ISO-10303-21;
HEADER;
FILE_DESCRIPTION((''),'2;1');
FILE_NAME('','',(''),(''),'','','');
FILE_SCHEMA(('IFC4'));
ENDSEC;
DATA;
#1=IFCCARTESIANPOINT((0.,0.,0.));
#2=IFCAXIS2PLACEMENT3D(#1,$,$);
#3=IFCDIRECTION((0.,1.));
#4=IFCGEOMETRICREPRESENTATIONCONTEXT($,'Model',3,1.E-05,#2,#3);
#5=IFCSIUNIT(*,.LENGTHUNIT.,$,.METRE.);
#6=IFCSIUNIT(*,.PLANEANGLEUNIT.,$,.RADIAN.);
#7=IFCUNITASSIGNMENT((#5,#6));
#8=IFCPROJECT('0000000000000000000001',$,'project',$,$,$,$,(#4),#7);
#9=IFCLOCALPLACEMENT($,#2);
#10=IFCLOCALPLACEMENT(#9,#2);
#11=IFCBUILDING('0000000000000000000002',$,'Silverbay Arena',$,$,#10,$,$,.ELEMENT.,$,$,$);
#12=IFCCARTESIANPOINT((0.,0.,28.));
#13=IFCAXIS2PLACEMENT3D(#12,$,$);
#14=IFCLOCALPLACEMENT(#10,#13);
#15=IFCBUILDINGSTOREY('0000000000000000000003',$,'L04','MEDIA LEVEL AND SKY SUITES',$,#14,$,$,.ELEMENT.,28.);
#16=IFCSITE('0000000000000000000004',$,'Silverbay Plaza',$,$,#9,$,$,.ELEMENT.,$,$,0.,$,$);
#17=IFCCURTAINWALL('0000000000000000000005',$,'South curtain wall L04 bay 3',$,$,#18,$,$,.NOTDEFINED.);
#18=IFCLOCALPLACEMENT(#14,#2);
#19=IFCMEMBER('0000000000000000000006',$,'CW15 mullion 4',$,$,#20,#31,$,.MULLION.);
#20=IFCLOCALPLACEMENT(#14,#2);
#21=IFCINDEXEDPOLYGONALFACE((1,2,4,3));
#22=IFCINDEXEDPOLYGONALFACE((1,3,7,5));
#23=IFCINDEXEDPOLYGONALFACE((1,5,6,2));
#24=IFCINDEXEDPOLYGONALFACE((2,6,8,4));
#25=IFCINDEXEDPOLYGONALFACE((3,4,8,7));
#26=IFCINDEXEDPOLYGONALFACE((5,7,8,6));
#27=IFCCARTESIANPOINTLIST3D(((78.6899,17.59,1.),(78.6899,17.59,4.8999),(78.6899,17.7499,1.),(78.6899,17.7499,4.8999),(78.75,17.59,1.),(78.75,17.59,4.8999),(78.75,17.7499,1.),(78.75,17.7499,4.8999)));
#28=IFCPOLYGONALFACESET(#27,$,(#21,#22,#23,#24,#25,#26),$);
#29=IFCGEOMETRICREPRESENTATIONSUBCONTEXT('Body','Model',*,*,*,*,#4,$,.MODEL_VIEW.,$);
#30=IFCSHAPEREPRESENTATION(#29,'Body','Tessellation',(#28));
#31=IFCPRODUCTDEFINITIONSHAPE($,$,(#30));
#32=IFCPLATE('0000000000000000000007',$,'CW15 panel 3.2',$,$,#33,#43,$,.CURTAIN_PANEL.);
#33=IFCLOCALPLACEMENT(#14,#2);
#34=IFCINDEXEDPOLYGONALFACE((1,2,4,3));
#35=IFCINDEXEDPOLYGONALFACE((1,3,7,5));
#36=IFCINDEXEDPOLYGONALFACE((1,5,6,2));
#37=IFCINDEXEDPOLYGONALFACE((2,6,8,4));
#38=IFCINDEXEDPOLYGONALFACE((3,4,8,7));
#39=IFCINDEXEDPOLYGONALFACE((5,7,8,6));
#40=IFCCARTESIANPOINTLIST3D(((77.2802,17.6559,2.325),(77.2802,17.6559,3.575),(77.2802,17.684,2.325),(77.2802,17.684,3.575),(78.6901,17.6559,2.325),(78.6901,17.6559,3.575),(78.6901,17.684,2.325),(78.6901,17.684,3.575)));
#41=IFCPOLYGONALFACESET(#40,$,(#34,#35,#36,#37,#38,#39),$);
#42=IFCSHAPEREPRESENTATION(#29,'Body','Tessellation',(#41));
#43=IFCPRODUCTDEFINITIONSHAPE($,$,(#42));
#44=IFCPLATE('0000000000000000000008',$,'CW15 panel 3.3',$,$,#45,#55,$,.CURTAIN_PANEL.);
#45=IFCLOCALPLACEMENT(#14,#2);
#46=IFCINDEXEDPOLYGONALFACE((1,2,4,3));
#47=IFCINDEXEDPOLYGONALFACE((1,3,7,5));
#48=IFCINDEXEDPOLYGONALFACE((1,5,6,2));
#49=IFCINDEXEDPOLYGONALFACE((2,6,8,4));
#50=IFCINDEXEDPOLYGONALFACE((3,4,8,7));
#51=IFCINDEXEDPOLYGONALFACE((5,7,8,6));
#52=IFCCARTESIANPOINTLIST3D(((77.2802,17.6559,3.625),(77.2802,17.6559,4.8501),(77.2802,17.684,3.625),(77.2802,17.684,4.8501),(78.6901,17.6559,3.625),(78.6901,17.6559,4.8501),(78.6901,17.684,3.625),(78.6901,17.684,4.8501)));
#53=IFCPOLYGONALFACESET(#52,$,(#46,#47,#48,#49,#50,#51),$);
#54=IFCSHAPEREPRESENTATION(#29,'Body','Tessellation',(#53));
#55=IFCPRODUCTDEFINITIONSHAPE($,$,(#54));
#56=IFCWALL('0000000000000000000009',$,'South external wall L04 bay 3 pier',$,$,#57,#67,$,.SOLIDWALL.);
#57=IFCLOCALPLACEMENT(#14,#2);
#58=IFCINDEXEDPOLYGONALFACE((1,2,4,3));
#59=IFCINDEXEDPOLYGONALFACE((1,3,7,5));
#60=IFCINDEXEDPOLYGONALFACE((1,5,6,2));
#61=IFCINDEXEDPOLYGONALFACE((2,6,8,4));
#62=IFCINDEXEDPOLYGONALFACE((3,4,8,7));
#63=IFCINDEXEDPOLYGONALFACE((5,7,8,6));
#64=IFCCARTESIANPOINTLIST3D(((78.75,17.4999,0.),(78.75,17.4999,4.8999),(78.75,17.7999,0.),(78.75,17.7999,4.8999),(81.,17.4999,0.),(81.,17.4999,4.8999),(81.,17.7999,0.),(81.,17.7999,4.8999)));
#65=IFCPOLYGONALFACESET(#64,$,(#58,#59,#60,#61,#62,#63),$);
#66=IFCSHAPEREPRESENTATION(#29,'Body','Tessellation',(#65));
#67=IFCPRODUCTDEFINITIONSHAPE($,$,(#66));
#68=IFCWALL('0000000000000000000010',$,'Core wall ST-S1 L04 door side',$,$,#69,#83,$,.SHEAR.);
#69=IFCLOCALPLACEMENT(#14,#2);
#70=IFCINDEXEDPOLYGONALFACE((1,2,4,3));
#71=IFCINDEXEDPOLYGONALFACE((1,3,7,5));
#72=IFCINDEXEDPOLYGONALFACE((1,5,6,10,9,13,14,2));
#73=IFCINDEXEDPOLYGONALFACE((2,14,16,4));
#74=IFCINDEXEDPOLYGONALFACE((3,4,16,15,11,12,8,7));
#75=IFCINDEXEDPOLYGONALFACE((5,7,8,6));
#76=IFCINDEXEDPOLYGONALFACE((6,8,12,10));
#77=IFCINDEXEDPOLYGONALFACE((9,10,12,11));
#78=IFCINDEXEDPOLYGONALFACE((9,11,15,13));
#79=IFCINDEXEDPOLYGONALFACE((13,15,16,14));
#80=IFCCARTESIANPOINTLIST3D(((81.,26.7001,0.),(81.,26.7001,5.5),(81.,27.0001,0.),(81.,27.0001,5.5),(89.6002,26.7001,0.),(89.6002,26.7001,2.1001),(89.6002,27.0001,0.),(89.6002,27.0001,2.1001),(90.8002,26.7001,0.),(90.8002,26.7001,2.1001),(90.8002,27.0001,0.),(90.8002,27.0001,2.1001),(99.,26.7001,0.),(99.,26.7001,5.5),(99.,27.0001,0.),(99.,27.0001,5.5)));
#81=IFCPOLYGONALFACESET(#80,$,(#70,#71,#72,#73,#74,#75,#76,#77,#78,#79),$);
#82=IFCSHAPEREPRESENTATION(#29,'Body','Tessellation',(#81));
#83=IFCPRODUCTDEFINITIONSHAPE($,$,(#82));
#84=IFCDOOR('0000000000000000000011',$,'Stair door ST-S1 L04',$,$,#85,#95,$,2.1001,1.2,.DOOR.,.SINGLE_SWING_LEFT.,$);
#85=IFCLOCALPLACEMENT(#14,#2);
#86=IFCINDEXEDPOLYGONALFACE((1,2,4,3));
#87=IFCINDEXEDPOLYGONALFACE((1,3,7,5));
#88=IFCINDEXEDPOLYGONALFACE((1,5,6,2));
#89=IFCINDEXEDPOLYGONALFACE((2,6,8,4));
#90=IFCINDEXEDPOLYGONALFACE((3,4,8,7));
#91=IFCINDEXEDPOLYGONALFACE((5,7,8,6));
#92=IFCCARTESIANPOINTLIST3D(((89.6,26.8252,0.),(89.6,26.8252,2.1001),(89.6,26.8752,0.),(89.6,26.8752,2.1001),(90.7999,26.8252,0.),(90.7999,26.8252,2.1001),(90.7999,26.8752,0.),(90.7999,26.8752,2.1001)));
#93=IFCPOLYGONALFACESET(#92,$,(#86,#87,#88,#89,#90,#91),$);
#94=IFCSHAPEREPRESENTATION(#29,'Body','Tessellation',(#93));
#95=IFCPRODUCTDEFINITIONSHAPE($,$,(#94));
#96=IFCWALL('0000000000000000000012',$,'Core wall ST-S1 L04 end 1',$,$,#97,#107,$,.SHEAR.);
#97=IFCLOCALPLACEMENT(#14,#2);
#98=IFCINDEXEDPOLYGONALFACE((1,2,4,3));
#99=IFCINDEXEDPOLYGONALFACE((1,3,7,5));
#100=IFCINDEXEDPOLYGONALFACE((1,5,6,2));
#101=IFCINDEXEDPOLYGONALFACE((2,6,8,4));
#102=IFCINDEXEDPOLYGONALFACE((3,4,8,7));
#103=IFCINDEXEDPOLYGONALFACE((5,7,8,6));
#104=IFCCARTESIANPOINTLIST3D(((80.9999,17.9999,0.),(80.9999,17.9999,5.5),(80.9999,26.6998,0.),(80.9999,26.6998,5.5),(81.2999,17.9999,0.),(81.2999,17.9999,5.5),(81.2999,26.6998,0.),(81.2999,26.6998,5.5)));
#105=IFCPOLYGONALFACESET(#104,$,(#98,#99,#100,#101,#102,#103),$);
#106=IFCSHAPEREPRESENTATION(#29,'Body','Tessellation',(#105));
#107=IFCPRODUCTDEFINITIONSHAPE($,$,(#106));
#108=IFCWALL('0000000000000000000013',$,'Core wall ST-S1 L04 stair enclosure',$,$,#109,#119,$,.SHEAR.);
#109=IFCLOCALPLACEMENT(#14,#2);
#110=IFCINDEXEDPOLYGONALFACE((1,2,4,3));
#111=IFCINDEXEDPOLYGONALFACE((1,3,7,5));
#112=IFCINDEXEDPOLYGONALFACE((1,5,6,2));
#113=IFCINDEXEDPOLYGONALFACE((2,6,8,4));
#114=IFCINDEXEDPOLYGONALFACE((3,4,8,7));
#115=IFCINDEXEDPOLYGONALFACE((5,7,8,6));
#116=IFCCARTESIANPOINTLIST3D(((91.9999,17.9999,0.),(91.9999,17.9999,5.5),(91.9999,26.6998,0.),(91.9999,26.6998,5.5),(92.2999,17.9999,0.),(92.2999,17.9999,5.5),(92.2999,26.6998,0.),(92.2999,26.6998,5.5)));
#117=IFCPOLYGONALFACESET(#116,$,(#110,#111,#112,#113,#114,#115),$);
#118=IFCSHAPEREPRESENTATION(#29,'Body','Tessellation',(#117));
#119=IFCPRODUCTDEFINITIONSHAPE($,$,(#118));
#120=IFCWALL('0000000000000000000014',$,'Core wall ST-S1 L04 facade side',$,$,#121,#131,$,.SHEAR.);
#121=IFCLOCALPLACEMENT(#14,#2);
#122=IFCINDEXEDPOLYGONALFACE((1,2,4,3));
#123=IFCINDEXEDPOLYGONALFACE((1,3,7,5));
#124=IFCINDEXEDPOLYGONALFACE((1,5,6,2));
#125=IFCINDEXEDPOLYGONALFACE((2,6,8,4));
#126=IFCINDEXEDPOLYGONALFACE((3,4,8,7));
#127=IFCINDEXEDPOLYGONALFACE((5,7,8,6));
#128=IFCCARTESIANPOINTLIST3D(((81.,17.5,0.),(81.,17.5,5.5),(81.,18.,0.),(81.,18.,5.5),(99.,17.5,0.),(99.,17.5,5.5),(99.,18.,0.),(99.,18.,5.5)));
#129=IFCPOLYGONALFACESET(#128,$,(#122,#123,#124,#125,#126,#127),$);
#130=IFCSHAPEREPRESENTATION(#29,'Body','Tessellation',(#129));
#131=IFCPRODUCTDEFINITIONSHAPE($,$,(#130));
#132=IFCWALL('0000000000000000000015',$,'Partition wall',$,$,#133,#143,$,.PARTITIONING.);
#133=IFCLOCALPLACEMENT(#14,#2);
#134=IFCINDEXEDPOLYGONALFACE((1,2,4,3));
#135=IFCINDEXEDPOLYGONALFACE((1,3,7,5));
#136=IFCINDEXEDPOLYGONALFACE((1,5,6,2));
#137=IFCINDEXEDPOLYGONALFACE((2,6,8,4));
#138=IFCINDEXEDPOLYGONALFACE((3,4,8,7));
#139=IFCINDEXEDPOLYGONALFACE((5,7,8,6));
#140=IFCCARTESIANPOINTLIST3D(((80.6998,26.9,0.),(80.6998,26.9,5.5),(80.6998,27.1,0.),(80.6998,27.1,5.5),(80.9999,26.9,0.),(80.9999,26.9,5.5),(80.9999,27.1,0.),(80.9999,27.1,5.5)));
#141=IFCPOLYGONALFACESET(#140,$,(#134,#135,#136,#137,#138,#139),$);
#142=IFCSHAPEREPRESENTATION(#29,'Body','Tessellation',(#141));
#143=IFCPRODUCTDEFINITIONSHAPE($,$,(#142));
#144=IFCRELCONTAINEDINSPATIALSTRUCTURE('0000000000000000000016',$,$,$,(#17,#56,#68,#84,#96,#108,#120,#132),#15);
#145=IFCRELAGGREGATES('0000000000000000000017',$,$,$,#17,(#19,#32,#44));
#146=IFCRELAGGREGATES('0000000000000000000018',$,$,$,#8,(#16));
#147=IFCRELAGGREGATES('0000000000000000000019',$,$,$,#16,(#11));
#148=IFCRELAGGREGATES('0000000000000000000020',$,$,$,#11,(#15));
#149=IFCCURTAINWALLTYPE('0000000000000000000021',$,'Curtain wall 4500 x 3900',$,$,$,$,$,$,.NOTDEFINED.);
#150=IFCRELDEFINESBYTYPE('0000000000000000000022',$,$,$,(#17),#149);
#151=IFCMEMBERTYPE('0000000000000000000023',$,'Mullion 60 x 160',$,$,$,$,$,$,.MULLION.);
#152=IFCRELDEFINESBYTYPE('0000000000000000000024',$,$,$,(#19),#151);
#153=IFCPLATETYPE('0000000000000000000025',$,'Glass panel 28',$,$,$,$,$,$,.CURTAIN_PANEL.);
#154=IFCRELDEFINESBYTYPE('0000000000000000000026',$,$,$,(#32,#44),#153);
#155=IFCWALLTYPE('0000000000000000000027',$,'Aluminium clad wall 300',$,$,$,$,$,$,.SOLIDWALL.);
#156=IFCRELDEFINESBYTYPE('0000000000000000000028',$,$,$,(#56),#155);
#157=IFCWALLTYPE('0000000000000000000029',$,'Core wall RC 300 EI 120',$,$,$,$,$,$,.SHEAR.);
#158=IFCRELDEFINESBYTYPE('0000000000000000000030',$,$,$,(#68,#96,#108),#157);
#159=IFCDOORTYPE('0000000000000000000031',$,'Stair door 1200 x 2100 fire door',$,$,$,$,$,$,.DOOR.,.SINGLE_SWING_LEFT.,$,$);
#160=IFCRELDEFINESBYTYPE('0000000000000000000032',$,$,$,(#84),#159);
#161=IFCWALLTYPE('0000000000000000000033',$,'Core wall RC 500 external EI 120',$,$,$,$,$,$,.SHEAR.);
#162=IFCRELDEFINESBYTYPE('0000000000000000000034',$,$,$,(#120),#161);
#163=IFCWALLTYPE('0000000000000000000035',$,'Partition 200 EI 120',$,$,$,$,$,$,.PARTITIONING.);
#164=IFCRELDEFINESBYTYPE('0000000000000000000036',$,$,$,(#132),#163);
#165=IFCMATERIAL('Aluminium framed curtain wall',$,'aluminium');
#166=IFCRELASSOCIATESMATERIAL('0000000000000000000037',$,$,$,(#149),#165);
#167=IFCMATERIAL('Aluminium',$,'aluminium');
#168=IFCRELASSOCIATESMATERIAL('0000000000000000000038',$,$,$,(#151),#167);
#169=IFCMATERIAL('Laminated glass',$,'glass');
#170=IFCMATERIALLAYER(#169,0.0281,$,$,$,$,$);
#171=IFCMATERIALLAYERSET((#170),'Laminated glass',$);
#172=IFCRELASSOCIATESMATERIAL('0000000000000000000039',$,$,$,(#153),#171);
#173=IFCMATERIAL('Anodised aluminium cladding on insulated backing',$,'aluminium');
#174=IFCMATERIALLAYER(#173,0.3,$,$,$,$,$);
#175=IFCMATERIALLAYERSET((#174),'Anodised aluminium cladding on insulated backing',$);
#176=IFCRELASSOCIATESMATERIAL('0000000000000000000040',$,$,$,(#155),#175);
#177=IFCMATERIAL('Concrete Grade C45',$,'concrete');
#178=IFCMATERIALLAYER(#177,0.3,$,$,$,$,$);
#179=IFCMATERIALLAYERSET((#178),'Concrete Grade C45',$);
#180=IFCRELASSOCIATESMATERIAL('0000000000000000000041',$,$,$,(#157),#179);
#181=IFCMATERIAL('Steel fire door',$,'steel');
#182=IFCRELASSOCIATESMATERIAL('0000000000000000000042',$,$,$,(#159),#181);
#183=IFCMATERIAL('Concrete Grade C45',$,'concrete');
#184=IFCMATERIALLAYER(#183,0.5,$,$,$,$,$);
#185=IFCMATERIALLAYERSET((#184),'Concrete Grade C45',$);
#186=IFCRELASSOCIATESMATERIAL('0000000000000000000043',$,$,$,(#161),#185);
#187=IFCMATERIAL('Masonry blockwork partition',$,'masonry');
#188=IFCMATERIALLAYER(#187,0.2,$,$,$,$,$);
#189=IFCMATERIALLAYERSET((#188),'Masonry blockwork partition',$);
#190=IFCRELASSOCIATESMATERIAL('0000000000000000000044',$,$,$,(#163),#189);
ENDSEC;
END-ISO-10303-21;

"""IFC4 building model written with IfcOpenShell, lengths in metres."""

from ifc_helpers import new_model, si_unit, direction, frame, frame_2d, origin, origin_2d, place, context, subcontext, project, spatial, rectangle, extrude, material, layer, layer_set, material_profile, profile_set, type_object, element, fill, aggregate, save


model = new_model("IFC4")

# Units and contexts
model_context = context("Model", 3, precision=1e-05, world=origin(), true_north=direction((0.0, 1.0)))
body_context = subcontext(model_context, "Body", "Model", "MODEL_VIEW")
ifc_project = project(units=[si_unit("LENGTHUNIT", "METRE"), si_unit("PLANEANGLEUNIT", "RADIAN")], contexts=[model_context])

# Site, building, storey
site_placement = place(None, origin())
site = spatial("IfcSite", under=ifc_project, at=site_placement, Name="Silverbay Plaza", CompositionType="ELEMENT", RefElevation=0.0)
building_placement = place(site_placement, origin())
building = spatial("IfcBuilding", under=site, at=building_placement, Name="Silverbay Arena", CompositionType="ELEMENT")
storey_placement = place(building_placement, frame((0.0, 0.0, 28.0)))
storey = spatial("IfcBuildingStorey", under=building, at=storey_placement, Name="L04", Description="MEDIA LEVEL AND SKY SUITES", CompositionType="ELEMENT", Elevation=28.0)

# Curtain wall, member, plates
ifc_material_1 = material(Name="Aluminium framed curtain wall", Category="aluminium")
curtain_wall_type = type_object("IfcCurtainWallType", Name="Curtain wall 4500 x 3900", PredefinedType="NOTDEFINED", material=ifc_material_1)
curtain_wall_placement = place(storey_placement, origin())
curtain_wall = element("IfcCurtainWall", 1, at=curtain_wall_placement, inside=storey, type_object=curtain_wall_type, Name="South curtain wall L04 bay 3", PredefinedType="NOTDEFINED")
ifc_material_2 = material(Name="Aluminium", Category="aluminium")
ifc_material_profile_1 = material_profile(ifc_material_2, rectangle(XDim=0.1599, YDim=0.0601, at=origin_2d()), Name="Mullion 60 x 160")
ifc_profile_set_1 = profile_set([ifc_material_profile_1], Name="Aluminium")
member_type = type_object("IfcMemberType", Name="Mullion 60 x 160", PredefinedType="MULLION", material=ifc_profile_set_1)
member_placement = place(storey_placement, frame((78.72, 17.6699, 1.0), z_axis=(0.0, 0.0, 1.0), x_axis=(0.0, 1.0, 0.0)))
member = element("IfcMember", 2, at=member_placement, type_object=member_type, Name="CW15 mullion 4", PredefinedType="MULLION", context=body_context, shape_type="SweptSolid", body=[
    extrude(rectangle(XDim=0.1599, YDim=0.0601, at=origin_2d()), origin(), (0.0, 0.0, 1.0), 3.8999),
])
ifc_material_3 = material(Name="Laminated glass", Category="glass")
ifc_layer_1 = layer(ifc_material_3, 0.0281)
ifc_layer_set_1 = layer_set([ifc_layer_1], Name="Laminated glass")
plate_type = type_object("IfcPlateType", Name="Glass panel 28", PredefinedType="CURTAIN_PANEL", material=ifc_layer_set_1)
plate_1_placement = place(storey_placement, frame((77.9851, 17.6699, 2.325), z_axis=(0.0, 0.0, 1.0), x_axis=(1.0, 0.0, 0.0)))
plate_1 = element("IfcPlate", 3, at=plate_1_placement, type_object=plate_type, Name="CW15 panel 3.2", PredefinedType="CURTAIN_PANEL", context=body_context, shape_type="SweptSolid", body=[
    extrude(rectangle(XDim=1.4099, YDim=0.0281, at=origin_2d()), origin(), (0.0, 0.0, 1.0), 1.25),
])
plate_2_placement = place(storey_placement, frame((77.9851, 17.6699, 3.625), z_axis=(0.0, 0.0, 1.0), x_axis=(1.0, 0.0, 0.0)))
plate_2 = element("IfcPlate", 4, at=plate_2_placement, type_object=plate_type, Name="CW15 panel 3.3", PredefinedType="CURTAIN_PANEL", context=body_context, shape_type="SweptSolid", body=[
    extrude(rectangle(XDim=1.4099, YDim=0.0281, at=origin_2d()), origin(), (0.0, 0.0, 1.0), 1.2251),
])
aggregate(curtain_wall, [member, plate_1, plate_2])

# Wall
ifc_material_4 = material(Name="Anodised aluminium cladding on insulated backing", Category="aluminium")
ifc_layer_2 = layer(ifc_material_4, 0.3)
ifc_layer_set_2 = layer_set([ifc_layer_2], Name="Anodised aluminium cladding on insulated backing")
wall_type_1 = type_object("IfcWallType", Name="Aluminium clad wall 300", PredefinedType="SOLIDWALL", material=ifc_layer_set_2)
wall_1_placement = place(storey_placement, frame((78.75, 17.6499, 0.0), z_axis=(0.0, 0.0, 1.0), x_axis=(1.0, 0.0, 0.0)))
element("IfcWall", 5, at=wall_1_placement, inside=storey, type_object=wall_type_1, Name="South external wall L04 bay 3 pier", PredefinedType="SOLIDWALL", context=body_context, shape_type="SweptSolid", body=[
    extrude(rectangle(XDim=2.25, YDim=0.3, at=frame_2d((1.125, 0.0))), origin(), (0.0, 0.0, 1.0), 4.8999),
])

# Wall, opening, door
ifc_material_5 = material(Name="Concrete Grade C45", Category="concrete")
ifc_layer_3 = layer(ifc_material_5, 0.3)
ifc_layer_set_3 = layer_set([ifc_layer_3], Name="Concrete Grade C45")
wall_type_2 = type_object("IfcWallType", Name="Core wall RC 300 EI 120", PredefinedType="SHEAR", material=ifc_layer_set_3)
wall_2_placement = place(storey_placement, frame((81.0, 26.8501, 0.0), z_axis=(0.0, 0.0, 1.0), x_axis=(1.0, 0.0, 0.0)))
wall_2 = element("IfcWall", 6, at=wall_2_placement, inside=storey, type_object=wall_type_2, Name="Core wall ST-S1 L04 door side", PredefinedType="SHEAR", context=body_context, shape_type="SweptSolid", body=[
    extrude(rectangle(XDim=18.0, YDim=0.3, at=frame_2d((9.0, 0.0))), origin(), (0.0, 0.0, 1.0), 5.5),
])
opening_placement = place(wall_2_placement, frame((8.6001, 0.0, 0.0)))
opening = element("IfcOpeningElement", 7, at=opening_placement, cuts=wall_2, PredefinedType="OPENING", context=body_context, shape_type="SweptSolid", body=[
    extrude(rectangle(XDim=1.2, YDim=2.1001, at=frame_2d((0.6001, 1.05))), frame((0.0, 0.1602, 0.0), z_axis=(0.0, -1.0, 0.0), x_axis=(1.0, 0.0, 0.0)), (0.0, 0.0, 1.0), 0.3201),
])
ifc_material_6 = material(Name="Steel fire door", Category="steel")
door_type = type_object("IfcDoorType", Name="Stair door 1200 x 2100 fire door", OperationType="SINGLE_SWING_LEFT", PredefinedType="DOOR", material=ifc_material_6)
door_placement = place(opening_placement, frame((1.2, 0.0, 0.0), z_axis=(0.0, 0.0, 1.0), x_axis=(-1.0, 0.0, 0.0)))
door = element("IfcDoor", 8, at=door_placement, inside=storey, type_object=door_type, Name="Stair door ST-S1 L04", OperationType="SINGLE_SWING_LEFT", OverallHeight=2.1001, OverallWidth=1.2, PredefinedType="DOOR", context=body_context, shape_type="SweptSolid", body=[
    extrude(rectangle(XDim=1.2, YDim=2.1001, at=frame_2d((0.6001, 1.05))), frame((0.0, 0.0249, 0.0), z_axis=(0.0, -1.0, 0.0), x_axis=(1.0, 0.0, 0.0)), (0.0, 0.0, 1.0), 0.05),
])
fill(opening, door)

# Walls
for number, where, z_axis, x_axis, name in (
    (9, (81.1499, 26.7, 0.0), (0.0, 0.0, 1.0), (0.0, -1.0, 0.0), "Core wall ST-S1 L04 end 1"),
    (10, (92.1499, 26.7, 0.0), (0.0, 0.0, 1.0), (0.0, -1.0, 0.0), "Core wall ST-S1 L04 stair enclosure"),
):
    element("IfcWall", number, at=place(storey_placement, frame(where, z_axis=z_axis, x_axis=x_axis)), inside=storey, type_object=wall_type_2, Name=name, PredefinedType="SHEAR", context=body_context, shape_type="SweptSolid", body=[
        extrude(rectangle(XDim=8.7, YDim=0.3, at=frame_2d((4.3501, 0.0))), origin(), (0.0, 0.0, 1.0), 5.5),
    ])
ifc_material_7 = material(Name="Concrete Grade C45", Category="concrete")
ifc_layer_4 = layer(ifc_material_7, 0.5)
ifc_layer_set_4 = layer_set([ifc_layer_4], Name="Concrete Grade C45")
wall_type_3 = type_object("IfcWallType", Name="Core wall RC 500 external EI 120", PredefinedType="SHEAR", material=ifc_layer_set_4)
wall_3_placement = place(storey_placement, frame((81.0, 17.75, 0.0), z_axis=(0.0, 0.0, 1.0), x_axis=(1.0, 0.0, 0.0)))
element("IfcWall", 11, at=wall_3_placement, inside=storey, type_object=wall_type_3, Name="Core wall ST-S1 L04 facade side", PredefinedType="SHEAR", context=body_context, shape_type="SweptSolid", body=[
    extrude(rectangle(XDim=18.0, YDim=0.5, at=frame_2d((9.0, 0.0))), origin(), (0.0, 0.0, 1.0), 5.5),
])
ifc_material_8 = material(Name="Masonry blockwork partition", Category="masonry")
ifc_layer_5 = layer(ifc_material_8, 0.2)
ifc_layer_set_5 = layer_set([ifc_layer_5], Name="Masonry blockwork partition")
wall_type_4 = type_object("IfcWallType", Name="Partition 200 EI 120", PredefinedType="PARTITIONING", material=ifc_layer_set_5)
wall_4_placement = place(storey_placement, frame((80.7, 27.0, 0.0), z_axis=(0.0, 0.0, 1.0), x_axis=(1.0, 0.0, 0.0)))
element("IfcWall", 12, at=wall_4_placement, inside=storey, type_object=wall_type_4, Name="Partition wall", PredefinedType="PARTITIONING", context=body_context, shape_type="SweptSolid", body=[
    extrude(rectangle(XDim=0.3, YDim=0.2, at=frame_2d((0.1499, 0.0))), origin(), (0.0, 0.0, 1.0), 5.5),
])

save(model, "model.ifc")
